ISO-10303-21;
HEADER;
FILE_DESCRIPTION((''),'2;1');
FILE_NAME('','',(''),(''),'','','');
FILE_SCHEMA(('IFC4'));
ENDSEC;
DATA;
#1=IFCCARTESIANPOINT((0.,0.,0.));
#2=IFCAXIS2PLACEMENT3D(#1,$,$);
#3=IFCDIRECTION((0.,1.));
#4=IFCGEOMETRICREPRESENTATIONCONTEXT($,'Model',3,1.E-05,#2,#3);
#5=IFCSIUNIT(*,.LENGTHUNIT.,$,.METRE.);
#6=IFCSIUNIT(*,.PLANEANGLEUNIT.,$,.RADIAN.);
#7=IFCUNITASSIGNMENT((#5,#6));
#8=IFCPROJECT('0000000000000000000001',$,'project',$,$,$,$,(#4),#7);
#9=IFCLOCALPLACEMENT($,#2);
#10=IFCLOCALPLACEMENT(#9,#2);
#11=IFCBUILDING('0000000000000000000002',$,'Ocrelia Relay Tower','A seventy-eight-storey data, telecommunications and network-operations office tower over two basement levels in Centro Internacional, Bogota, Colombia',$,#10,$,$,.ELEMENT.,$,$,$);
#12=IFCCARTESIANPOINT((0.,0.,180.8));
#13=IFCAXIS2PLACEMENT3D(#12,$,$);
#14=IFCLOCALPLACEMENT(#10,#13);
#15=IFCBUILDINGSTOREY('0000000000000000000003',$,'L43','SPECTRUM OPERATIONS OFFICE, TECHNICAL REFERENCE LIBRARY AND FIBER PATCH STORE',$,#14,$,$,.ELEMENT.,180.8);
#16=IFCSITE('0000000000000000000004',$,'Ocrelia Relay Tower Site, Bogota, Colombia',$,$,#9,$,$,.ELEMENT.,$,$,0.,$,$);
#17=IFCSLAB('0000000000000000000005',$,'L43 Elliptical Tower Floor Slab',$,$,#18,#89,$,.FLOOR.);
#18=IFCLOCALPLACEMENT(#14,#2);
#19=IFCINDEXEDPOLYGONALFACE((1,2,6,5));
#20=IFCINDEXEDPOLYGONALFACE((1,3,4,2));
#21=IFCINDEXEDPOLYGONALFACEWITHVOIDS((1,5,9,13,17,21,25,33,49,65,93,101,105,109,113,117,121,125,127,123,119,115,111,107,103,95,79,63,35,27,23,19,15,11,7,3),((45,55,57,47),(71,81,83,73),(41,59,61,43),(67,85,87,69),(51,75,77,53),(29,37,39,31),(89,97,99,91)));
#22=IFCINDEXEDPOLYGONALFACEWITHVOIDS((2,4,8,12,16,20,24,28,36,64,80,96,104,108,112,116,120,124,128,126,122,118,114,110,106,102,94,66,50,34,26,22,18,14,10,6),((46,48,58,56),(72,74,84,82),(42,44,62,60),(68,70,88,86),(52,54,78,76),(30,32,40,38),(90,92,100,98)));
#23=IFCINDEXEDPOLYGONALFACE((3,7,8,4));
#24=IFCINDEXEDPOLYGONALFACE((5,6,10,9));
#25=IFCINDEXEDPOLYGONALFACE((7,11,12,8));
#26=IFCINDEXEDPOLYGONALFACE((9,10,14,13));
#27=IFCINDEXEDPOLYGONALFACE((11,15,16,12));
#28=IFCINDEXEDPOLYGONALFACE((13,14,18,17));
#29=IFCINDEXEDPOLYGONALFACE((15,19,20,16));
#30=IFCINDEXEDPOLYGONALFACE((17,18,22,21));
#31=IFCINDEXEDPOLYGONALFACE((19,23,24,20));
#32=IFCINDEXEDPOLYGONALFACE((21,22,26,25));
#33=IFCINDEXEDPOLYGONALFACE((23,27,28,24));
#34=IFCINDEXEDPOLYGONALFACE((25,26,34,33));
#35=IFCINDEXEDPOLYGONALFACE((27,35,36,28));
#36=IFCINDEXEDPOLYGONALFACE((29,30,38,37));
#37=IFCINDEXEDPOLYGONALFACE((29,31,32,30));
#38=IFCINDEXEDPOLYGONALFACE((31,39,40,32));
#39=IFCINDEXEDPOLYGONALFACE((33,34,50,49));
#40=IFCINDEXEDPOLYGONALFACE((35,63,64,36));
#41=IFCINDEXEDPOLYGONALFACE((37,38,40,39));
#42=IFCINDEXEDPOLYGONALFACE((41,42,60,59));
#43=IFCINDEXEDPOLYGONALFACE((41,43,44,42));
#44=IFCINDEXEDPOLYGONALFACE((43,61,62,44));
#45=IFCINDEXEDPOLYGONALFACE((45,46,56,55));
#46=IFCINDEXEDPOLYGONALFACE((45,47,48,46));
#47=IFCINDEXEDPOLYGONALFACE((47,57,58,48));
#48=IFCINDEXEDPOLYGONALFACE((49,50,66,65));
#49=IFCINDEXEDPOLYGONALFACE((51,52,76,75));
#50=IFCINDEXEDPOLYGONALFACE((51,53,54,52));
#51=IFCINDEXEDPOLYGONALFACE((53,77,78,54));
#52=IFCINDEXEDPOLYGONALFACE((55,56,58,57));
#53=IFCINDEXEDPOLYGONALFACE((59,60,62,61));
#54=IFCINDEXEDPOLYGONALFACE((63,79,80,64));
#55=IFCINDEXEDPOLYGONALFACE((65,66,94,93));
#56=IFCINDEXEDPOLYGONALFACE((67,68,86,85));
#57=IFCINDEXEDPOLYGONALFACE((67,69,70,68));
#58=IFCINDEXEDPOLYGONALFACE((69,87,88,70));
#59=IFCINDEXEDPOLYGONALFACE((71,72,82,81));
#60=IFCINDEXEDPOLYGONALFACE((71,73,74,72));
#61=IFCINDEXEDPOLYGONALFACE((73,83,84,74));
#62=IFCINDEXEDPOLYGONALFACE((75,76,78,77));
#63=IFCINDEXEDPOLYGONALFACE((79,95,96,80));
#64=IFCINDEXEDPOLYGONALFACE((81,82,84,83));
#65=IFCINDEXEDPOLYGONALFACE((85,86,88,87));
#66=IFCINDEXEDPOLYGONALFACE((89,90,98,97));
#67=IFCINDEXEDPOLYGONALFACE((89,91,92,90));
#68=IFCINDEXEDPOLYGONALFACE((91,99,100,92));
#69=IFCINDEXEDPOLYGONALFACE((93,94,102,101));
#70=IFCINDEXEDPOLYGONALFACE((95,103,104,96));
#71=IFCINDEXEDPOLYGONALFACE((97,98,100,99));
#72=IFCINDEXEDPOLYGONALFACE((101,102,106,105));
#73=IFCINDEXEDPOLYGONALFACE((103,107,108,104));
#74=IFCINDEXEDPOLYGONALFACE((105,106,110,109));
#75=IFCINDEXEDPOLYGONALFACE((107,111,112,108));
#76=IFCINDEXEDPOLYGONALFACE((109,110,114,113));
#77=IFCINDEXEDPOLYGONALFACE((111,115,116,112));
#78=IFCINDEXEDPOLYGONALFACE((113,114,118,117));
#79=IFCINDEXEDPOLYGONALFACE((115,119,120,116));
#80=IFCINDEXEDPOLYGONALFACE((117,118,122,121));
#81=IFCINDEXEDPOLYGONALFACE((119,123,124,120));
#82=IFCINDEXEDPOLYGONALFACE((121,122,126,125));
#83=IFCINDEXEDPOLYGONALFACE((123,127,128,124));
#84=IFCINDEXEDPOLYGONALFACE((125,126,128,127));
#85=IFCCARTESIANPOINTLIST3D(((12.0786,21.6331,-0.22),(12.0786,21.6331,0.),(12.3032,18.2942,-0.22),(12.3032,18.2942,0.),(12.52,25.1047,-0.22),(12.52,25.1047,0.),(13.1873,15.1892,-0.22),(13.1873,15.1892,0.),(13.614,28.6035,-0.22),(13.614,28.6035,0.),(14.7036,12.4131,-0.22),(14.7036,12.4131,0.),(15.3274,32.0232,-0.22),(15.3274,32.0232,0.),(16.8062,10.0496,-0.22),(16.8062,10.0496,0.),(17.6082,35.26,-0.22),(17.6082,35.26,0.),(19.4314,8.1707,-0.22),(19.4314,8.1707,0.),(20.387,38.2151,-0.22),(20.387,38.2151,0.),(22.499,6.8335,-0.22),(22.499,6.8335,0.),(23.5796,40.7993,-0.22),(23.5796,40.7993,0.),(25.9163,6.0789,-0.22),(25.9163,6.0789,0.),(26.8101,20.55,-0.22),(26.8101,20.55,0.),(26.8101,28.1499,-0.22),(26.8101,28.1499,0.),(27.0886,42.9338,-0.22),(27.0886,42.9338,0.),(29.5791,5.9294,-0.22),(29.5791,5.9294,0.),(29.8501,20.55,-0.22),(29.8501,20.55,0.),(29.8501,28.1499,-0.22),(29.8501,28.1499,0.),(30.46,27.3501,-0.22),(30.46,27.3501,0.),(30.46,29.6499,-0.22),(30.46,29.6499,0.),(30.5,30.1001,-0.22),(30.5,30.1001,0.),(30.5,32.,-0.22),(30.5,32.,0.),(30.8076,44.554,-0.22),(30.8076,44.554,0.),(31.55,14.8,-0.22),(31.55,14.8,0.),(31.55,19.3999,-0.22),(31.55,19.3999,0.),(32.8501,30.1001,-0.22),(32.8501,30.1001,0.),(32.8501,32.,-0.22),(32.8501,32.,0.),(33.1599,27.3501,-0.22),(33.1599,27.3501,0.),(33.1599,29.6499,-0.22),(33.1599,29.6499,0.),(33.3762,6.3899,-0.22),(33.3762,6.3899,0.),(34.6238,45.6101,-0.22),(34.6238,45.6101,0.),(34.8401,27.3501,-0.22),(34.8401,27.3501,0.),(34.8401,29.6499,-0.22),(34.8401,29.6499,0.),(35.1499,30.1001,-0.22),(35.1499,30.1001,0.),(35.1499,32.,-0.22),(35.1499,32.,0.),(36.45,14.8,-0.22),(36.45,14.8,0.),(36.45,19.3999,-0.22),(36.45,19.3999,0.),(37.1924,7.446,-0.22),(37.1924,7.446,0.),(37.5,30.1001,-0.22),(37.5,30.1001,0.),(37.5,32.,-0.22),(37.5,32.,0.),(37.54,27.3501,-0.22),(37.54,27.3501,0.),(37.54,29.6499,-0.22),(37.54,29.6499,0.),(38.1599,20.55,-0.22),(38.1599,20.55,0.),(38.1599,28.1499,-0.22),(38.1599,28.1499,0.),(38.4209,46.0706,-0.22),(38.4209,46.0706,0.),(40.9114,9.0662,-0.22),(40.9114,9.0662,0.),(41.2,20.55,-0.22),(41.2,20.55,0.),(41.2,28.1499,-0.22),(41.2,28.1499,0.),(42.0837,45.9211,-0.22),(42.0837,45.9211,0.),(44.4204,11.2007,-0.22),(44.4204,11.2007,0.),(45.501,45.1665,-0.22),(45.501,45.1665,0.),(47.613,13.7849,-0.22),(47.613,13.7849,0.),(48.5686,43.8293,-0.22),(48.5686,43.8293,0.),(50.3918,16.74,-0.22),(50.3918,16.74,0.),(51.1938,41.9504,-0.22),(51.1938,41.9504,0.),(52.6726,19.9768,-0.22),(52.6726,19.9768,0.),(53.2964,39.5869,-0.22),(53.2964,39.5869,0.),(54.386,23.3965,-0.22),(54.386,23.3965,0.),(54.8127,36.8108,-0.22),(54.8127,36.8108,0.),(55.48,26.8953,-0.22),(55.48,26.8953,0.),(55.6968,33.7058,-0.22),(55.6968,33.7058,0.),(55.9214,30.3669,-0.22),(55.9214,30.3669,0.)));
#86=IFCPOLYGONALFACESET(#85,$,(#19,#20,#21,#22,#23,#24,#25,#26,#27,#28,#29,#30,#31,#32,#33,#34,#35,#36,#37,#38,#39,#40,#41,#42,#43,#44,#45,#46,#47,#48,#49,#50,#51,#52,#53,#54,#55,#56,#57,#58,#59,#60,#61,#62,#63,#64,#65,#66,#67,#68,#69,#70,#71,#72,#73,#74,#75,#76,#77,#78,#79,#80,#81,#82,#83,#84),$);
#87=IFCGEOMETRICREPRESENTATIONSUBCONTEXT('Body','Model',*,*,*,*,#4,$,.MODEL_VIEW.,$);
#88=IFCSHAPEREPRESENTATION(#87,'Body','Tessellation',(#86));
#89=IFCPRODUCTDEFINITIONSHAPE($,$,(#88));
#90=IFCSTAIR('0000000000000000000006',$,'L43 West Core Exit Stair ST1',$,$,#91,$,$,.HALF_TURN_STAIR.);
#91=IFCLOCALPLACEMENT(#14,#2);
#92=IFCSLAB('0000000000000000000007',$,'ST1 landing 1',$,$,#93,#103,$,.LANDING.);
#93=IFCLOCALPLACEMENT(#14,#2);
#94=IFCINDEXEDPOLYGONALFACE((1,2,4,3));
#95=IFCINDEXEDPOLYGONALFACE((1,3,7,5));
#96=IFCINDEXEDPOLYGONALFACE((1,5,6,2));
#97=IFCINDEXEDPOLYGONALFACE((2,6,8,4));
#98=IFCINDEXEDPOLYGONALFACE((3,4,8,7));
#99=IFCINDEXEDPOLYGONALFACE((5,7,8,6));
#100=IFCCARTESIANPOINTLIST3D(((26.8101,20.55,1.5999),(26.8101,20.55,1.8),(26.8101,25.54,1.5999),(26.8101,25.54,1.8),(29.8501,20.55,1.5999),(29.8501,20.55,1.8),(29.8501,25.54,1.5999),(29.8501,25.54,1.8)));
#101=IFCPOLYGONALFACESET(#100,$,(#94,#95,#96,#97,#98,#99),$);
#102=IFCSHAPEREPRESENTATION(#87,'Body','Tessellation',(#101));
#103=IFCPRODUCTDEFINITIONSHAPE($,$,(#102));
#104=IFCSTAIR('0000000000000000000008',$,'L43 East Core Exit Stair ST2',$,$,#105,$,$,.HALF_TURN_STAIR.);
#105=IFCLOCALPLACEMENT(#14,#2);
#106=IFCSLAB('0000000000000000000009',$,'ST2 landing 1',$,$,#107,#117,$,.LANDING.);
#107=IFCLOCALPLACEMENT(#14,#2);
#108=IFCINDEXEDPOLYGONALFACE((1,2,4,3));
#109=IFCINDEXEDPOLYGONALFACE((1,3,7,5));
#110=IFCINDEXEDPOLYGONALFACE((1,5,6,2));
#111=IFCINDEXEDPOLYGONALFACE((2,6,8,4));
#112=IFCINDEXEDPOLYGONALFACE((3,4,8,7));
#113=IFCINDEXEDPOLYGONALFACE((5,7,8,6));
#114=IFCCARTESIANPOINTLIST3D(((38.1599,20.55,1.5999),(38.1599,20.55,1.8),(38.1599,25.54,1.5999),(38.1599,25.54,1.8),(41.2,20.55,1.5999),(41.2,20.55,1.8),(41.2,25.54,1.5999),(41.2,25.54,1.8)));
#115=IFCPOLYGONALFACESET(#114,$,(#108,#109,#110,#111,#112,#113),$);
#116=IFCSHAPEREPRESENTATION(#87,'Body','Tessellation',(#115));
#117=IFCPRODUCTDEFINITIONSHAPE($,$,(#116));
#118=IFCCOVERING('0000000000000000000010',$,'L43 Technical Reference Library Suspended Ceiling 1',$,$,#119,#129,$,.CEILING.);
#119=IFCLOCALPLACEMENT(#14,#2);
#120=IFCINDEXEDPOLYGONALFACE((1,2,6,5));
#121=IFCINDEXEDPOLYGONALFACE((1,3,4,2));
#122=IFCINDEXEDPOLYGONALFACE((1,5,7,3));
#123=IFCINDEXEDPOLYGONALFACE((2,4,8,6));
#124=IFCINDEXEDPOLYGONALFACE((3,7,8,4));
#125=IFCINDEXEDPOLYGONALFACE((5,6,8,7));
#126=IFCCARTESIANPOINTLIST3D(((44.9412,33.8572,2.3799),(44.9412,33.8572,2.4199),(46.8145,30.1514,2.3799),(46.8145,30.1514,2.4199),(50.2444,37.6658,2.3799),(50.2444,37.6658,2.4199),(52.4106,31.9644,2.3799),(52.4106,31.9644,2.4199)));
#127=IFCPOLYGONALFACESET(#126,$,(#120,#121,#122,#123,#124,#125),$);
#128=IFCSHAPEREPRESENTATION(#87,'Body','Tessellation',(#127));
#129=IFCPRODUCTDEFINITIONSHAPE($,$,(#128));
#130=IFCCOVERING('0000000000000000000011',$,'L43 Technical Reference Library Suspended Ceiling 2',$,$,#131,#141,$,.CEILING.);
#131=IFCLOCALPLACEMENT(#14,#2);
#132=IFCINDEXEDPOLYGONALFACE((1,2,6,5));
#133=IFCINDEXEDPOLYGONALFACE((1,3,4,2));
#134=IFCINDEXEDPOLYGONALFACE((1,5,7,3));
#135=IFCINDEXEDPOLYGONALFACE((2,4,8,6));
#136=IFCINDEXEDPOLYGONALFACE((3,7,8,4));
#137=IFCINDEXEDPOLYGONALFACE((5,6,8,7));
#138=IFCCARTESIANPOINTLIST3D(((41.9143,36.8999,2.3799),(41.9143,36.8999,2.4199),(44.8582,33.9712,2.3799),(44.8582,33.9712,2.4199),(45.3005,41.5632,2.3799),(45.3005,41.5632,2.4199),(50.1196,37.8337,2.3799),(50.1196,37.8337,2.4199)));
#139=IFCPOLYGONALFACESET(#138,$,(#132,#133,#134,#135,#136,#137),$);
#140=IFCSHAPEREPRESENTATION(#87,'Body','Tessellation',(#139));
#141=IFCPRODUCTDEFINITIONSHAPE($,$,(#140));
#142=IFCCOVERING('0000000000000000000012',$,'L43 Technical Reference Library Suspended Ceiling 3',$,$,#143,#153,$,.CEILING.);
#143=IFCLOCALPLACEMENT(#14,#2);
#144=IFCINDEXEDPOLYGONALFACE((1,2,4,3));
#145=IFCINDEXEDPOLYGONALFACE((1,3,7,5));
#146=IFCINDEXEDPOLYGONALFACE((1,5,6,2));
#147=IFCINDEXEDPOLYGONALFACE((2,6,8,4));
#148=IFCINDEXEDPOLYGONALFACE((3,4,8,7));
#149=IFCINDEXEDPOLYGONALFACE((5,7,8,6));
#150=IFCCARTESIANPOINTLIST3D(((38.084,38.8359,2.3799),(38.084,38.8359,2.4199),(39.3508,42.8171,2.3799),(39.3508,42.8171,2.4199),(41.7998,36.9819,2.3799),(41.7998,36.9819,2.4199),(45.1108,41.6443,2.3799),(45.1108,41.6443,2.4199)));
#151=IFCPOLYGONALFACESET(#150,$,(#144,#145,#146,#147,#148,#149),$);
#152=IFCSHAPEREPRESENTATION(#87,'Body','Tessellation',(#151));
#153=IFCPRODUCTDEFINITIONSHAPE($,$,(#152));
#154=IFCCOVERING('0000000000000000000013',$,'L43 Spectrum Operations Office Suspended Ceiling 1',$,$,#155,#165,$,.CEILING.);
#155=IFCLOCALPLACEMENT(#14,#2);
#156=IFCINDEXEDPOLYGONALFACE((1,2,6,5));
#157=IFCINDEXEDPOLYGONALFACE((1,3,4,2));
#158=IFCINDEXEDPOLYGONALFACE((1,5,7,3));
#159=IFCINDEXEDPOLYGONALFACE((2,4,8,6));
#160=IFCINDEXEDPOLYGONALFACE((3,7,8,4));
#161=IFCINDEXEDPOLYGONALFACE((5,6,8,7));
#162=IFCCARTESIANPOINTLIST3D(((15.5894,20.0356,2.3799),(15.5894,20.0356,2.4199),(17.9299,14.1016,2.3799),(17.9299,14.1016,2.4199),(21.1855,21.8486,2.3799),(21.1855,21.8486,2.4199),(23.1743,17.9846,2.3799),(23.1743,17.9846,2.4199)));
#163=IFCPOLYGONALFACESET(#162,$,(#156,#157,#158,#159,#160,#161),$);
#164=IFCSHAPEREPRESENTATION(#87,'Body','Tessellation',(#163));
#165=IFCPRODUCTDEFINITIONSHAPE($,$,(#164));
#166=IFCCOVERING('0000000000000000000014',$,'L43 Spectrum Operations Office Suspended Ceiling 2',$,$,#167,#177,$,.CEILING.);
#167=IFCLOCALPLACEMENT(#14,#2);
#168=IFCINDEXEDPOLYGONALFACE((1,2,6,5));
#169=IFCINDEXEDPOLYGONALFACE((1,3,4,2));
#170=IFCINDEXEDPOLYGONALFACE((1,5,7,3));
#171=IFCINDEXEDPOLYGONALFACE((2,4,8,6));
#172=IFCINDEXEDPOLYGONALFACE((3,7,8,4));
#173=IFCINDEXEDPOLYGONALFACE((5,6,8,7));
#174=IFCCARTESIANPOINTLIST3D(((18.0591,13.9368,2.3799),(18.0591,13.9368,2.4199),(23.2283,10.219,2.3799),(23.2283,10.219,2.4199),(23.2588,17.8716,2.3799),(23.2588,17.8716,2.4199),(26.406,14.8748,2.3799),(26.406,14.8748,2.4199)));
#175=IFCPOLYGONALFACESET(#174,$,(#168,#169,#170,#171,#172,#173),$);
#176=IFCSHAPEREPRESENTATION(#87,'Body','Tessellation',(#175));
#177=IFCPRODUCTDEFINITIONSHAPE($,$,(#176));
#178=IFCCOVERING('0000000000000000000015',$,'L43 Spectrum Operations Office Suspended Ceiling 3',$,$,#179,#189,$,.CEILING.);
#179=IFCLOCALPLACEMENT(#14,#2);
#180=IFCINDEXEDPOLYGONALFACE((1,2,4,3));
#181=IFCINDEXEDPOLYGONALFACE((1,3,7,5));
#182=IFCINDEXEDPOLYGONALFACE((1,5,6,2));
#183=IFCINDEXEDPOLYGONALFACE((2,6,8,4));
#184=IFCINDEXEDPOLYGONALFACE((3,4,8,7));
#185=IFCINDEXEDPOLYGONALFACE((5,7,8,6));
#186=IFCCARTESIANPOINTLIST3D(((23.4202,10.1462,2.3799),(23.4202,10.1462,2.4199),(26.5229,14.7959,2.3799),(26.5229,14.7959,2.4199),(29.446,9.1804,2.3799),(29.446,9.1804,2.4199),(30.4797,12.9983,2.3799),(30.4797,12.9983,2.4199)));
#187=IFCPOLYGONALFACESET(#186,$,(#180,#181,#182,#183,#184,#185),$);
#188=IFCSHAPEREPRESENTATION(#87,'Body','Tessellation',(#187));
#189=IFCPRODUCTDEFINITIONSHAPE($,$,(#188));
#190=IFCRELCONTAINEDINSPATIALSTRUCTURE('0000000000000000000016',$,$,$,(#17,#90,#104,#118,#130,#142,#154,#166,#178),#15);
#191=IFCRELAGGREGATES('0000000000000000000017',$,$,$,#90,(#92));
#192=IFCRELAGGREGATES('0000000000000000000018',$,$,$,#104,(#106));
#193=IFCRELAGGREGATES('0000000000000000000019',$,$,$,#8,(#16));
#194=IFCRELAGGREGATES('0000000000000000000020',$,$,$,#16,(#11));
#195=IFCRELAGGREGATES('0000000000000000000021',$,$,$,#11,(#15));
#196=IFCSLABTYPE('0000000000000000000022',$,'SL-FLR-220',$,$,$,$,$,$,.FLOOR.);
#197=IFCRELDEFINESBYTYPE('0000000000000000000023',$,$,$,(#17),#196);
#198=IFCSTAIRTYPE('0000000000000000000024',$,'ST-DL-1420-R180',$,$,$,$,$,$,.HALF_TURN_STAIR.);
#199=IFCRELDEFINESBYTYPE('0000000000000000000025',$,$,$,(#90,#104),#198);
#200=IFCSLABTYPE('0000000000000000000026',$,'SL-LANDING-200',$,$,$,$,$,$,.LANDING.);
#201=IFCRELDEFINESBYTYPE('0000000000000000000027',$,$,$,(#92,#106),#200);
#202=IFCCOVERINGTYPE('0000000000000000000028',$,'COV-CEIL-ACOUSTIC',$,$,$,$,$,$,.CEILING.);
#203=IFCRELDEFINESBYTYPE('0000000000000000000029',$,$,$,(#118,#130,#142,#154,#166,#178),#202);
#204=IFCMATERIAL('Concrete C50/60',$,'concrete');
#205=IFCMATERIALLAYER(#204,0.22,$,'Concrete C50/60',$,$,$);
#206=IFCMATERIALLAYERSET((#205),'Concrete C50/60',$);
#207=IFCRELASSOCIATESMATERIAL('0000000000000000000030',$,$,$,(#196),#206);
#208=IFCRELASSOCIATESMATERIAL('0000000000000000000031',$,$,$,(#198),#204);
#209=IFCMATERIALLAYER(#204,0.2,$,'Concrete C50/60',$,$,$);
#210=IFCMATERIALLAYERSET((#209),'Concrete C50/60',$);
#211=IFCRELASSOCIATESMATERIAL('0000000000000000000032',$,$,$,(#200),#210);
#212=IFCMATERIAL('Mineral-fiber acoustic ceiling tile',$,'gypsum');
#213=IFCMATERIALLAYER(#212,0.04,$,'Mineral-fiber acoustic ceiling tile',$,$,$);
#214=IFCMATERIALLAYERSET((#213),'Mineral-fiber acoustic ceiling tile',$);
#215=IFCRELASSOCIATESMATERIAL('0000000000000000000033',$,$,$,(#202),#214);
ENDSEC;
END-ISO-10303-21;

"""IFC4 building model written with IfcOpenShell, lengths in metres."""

from ifc_helpers import new_model, si_unit, direction, frame, origin, place, context, subcontext, project, spatial, polyline, outline, extrude, material, layer, layer_set, type_object, element, aggregate, save


model = new_model("IFC4")

# Units and contexts
model_context = context("Model", 3, precision=1e-05, world=origin(), true_north=direction((0.0, 1.0)))
body_context = subcontext(model_context, "Body", "Model", "MODEL_VIEW")
ifc_project = project(units=[si_unit("LENGTHUNIT", "METRE"), si_unit("PLANEANGLEUNIT", "RADIAN")], contexts=[model_context])

# Site, building, storey
site_placement = place(None, origin())
site = spatial("IfcSite", under=ifc_project, at=site_placement, Name="Ocrelia Relay Tower Site, Bogota, Colombia", CompositionType="ELEMENT", RefElevation=0.0)
building_placement = place(site_placement, origin())
building = spatial("IfcBuilding", under=site, at=building_placement, Name="Ocrelia Relay Tower", Description="A seventy-eight-storey data, telecommunications and network-operations office tower over two basement levels in Centro Internacional, Bogota, Colombia", CompositionType="ELEMENT")
storey_placement = place(building_placement, frame((0.0, 0.0, 180.8)))
storey = spatial("IfcBuildingStorey", under=building, at=storey_placement, Name="L43", Description="SPECTRUM OPERATIONS OFFICE, TECHNICAL REFERENCE LIBRARY AND FIBER PATCH STORE", CompositionType="ELEMENT", Elevation=180.8)

# Slab
ifc_material_1 = material(Name="Concrete C50/60", Category="concrete")
ifc_layer_1 = layer(ifc_material_1, 0.22, Name="Concrete C50/60")
ifc_layer_set_1 = layer_set([ifc_layer_1], Name="Concrete C50/60")
slab_type_1 = type_object("IfcSlabType", Name="SL-FLR-220", PredefinedType="FLOOR", material=ifc_layer_set_1)
slab_1_placement = place(storey_placement, frame((0.0, 0.0, -0.22)))
element("IfcSlab", 1, at=slab_1_placement, inside=storey, type_object=slab_type_1, Name="L43 Elliptical Tower Floor Slab", PredefinedType="FLOOR", context=body_context, shape_type="SweptSolid", body=[
    extrude(outline(polyline([(53.2964, 39.5869), (51.1938, 41.9504), (48.5686, 43.8293), (45.501, 45.1665), (42.0837, 45.9211), (38.4209, 46.0706), (34.6238, 45.6101), (30.8076, 44.554), (27.0886, 42.9338), (23.5796, 40.7993), (20.387, 38.2151), (17.6082, 35.26), (15.3274, 32.0232), (13.614, 28.6035), (12.52, 25.1047), (12.0786, 21.6331), (12.3032, 18.2942), (13.1873, 15.1892), (14.7036, 12.4131), (16.8062, 10.0496), (19.4314, 8.1707), (22.499, 6.8335), (25.9163, 6.0789), (29.5791, 5.9294), (33.3762, 6.3899), (37.1924, 7.446), (40.9114, 9.0662), (44.4204, 11.2007), (47.613, 13.7849), (50.3918, 16.74), (52.6726, 19.9768), (54.386, 23.3965), (55.48, 26.8953), (55.9214, 30.3669), (55.6968, 33.7058), (54.8127, 36.8108), (53.2964, 39.5869)]), holes=[polyline([(26.8101, 28.1499), (26.8101, 20.55), (29.8501, 20.55), (29.8501, 28.1499), (26.8101, 28.1499)]), polyline([(38.1599, 28.1499), (38.1599, 20.55), (41.2, 20.55), (41.2, 28.1499), (38.1599, 28.1499)]), polyline([(30.46, 27.3501), (33.1599, 27.3501), (33.1599, 29.6499), (30.46, 29.6499), (30.46, 27.3501)]), polyline([(34.8401, 27.3501), (37.54, 27.3501), (37.54, 29.6499), (34.8401, 29.6499), (34.8401, 27.3501)]), polyline([(30.5, 30.1001), (32.8501, 30.1001), (32.8501, 32.0), (30.5, 32.0), (30.5, 30.1001)]), polyline([(35.1499, 30.1001), (37.5, 30.1001), (37.5, 32.0), (35.1499, 32.0), (35.1499, 30.1001)]), polyline([(31.55, 14.8), (36.45, 14.8), (36.45, 19.3999), (31.55, 19.3999), (31.55, 14.8)])]), origin(), (0.0, 0.0, 1.0), 0.22),
])

# Stairs, slabs
stair_type = type_object("IfcStairType", Name="ST-DL-1420-R180", PredefinedType="HALF_TURN_STAIR", material=ifc_material_1)
stair_1_placement = place(storey_placement, origin())
stair_1 = element("IfcStair", 2, at=stair_1_placement, inside=storey, type_object=stair_type, Name="L43 West Core Exit Stair ST1", PredefinedType="HALF_TURN_STAIR")
ifc_layer_2 = layer(ifc_material_1, 0.2, Name="Concrete C50/60")
ifc_layer_set_2 = layer_set([ifc_layer_2], Name="Concrete C50/60")
slab_type_2 = type_object("IfcSlabType", Name="SL-LANDING-200", PredefinedType="LANDING", material=ifc_layer_set_2)
slab_2_placement = place(storey_placement, frame((0.0, 0.0, 1.5999)))
slab_2 = element("IfcSlab", 3, at=slab_2_placement, type_object=slab_type_2, Name="ST1 landing 1", PredefinedType="LANDING", context=body_context, shape_type="SweptSolid", body=[
    extrude(outline(polyline([(26.8101, 25.54), (26.8101, 20.55), (29.8501, 20.55), (29.8501, 25.54), (26.8101, 25.54)])), origin(), (0.0, 0.0, 1.0), 0.2002),
])
aggregate(stair_1, [slab_2])
stair_2_placement = place(storey_placement, origin())
stair_2 = element("IfcStair", 4, at=stair_2_placement, inside=storey, type_object=stair_type, Name="L43 East Core Exit Stair ST2", PredefinedType="HALF_TURN_STAIR")
slab_3_placement = place(storey_placement, frame((0.0, 0.0, 1.5999)))
slab_3 = element("IfcSlab", 5, at=slab_3_placement, type_object=slab_type_2, Name="ST2 landing 1", PredefinedType="LANDING", context=body_context, shape_type="SweptSolid", body=[
    extrude(outline(polyline([(38.1599, 25.54), (38.1599, 20.55), (41.2, 20.55), (41.2, 25.54), (38.1599, 25.54)])), origin(), (0.0, 0.0, 1.0), 0.2002),
])
aggregate(stair_2, [slab_3])

# Coverings
ifc_material_2 = material(Name="Mineral-fiber acoustic ceiling tile", Category="gypsum")
ifc_layer_3 = layer(ifc_material_2, 0.04, Name="Mineral-fiber acoustic ceiling tile")
ifc_layer_set_3 = layer_set([ifc_layer_3], Name="Mineral-fiber acoustic ceiling tile")
covering_type = type_object("IfcCoveringType", Name="COV-CEIL-ACOUSTIC", PredefinedType="CEILING", material=ifc_layer_set_3)
covering_1_placement = place(storey_placement, frame((0.0, 0.0, 2.3799)))
element("IfcCovering", 6, at=covering_1_placement, inside=storey, type_object=covering_type, Name="L43 Technical Reference Library Suspended Ceiling 1", PredefinedType="CEILING", context=body_context, shape_type="SweptSolid", body=[
    extrude(outline(polyline([(46.8145, 30.1514), (52.4106, 31.9644), (50.2444, 37.6658), (44.9412, 33.8572), (46.8145, 30.1514)])), origin(), (0.0, 0.0, 1.0), 0.04),
])
covering_2_placement = place(storey_placement, frame((0.0, 0.0, 2.3799)))
element("IfcCovering", 7, at=covering_2_placement, inside=storey, type_object=covering_type, Name="L43 Technical Reference Library Suspended Ceiling 2", PredefinedType="CEILING", context=body_context, shape_type="SweptSolid", body=[
    extrude(outline(polyline([(44.8582, 33.9712), (50.1196, 37.8337), (45.3005, 41.5632), (41.9143, 36.8999), (44.8582, 33.9712)])), origin(), (0.0, 0.0, 1.0), 0.04),
])
covering_3_placement = place(storey_placement, frame((0.0, 0.0, 2.3799)))
element("IfcCovering", 8, at=covering_3_placement, inside=storey, type_object=covering_type, Name="L43 Technical Reference Library Suspended Ceiling 3", PredefinedType="CEILING", context=body_context, shape_type="SweptSolid", body=[
    extrude(outline(polyline([(41.7998, 36.9819), (45.1108, 41.6443), (39.3508, 42.8171), (38.084, 38.8359), (41.7998, 36.9819)])), origin(), (0.0, 0.0, 1.0), 0.04),
])
covering_4_placement = place(storey_placement, frame((0.0, 0.0, 2.3799)))
element("IfcCovering", 9, at=covering_4_placement, inside=storey, type_object=covering_type, Name="L43 Spectrum Operations Office Suspended Ceiling 1", PredefinedType="CEILING", context=body_context, shape_type="SweptSolid", body=[
    extrude(outline(polyline([(21.1855, 21.8486), (15.5894, 20.0356), (17.9299, 14.1016), (23.1743, 17.9846), (21.1855, 21.8486)])), origin(), (0.0, 0.0, 1.0), 0.04),
])
covering_5_placement = place(storey_placement, frame((0.0, 0.0, 2.3799)))
element("IfcCovering", 10, at=covering_5_placement, inside=storey, type_object=covering_type, Name="L43 Spectrum Operations Office Suspended Ceiling 2", PredefinedType="CEILING", context=body_context, shape_type="SweptSolid", body=[
    extrude(outline(polyline([(23.2588, 17.8716), (18.0591, 13.9368), (23.2283, 10.219), (26.406, 14.8748), (23.2588, 17.8716)])), origin(), (0.0, 0.0, 1.0), 0.04),
])
covering_6_placement = place(storey_placement, frame((0.0, 0.0, 2.3799)))
element("IfcCovering", 11, at=covering_6_placement, inside=storey, type_object=covering_type, Name="L43 Spectrum Operations Office Suspended Ceiling 3", PredefinedType="CEILING", context=body_context, shape_type="SweptSolid", body=[
    extrude(outline(polyline([(26.5229, 14.7959), (23.4202, 10.1462), (29.446, 9.1804), (30.4797, 12.9983), (26.5229, 14.7959)])), origin(), (0.0, 0.0, 1.0), 0.04),
])

save(model, "model.ifc")
